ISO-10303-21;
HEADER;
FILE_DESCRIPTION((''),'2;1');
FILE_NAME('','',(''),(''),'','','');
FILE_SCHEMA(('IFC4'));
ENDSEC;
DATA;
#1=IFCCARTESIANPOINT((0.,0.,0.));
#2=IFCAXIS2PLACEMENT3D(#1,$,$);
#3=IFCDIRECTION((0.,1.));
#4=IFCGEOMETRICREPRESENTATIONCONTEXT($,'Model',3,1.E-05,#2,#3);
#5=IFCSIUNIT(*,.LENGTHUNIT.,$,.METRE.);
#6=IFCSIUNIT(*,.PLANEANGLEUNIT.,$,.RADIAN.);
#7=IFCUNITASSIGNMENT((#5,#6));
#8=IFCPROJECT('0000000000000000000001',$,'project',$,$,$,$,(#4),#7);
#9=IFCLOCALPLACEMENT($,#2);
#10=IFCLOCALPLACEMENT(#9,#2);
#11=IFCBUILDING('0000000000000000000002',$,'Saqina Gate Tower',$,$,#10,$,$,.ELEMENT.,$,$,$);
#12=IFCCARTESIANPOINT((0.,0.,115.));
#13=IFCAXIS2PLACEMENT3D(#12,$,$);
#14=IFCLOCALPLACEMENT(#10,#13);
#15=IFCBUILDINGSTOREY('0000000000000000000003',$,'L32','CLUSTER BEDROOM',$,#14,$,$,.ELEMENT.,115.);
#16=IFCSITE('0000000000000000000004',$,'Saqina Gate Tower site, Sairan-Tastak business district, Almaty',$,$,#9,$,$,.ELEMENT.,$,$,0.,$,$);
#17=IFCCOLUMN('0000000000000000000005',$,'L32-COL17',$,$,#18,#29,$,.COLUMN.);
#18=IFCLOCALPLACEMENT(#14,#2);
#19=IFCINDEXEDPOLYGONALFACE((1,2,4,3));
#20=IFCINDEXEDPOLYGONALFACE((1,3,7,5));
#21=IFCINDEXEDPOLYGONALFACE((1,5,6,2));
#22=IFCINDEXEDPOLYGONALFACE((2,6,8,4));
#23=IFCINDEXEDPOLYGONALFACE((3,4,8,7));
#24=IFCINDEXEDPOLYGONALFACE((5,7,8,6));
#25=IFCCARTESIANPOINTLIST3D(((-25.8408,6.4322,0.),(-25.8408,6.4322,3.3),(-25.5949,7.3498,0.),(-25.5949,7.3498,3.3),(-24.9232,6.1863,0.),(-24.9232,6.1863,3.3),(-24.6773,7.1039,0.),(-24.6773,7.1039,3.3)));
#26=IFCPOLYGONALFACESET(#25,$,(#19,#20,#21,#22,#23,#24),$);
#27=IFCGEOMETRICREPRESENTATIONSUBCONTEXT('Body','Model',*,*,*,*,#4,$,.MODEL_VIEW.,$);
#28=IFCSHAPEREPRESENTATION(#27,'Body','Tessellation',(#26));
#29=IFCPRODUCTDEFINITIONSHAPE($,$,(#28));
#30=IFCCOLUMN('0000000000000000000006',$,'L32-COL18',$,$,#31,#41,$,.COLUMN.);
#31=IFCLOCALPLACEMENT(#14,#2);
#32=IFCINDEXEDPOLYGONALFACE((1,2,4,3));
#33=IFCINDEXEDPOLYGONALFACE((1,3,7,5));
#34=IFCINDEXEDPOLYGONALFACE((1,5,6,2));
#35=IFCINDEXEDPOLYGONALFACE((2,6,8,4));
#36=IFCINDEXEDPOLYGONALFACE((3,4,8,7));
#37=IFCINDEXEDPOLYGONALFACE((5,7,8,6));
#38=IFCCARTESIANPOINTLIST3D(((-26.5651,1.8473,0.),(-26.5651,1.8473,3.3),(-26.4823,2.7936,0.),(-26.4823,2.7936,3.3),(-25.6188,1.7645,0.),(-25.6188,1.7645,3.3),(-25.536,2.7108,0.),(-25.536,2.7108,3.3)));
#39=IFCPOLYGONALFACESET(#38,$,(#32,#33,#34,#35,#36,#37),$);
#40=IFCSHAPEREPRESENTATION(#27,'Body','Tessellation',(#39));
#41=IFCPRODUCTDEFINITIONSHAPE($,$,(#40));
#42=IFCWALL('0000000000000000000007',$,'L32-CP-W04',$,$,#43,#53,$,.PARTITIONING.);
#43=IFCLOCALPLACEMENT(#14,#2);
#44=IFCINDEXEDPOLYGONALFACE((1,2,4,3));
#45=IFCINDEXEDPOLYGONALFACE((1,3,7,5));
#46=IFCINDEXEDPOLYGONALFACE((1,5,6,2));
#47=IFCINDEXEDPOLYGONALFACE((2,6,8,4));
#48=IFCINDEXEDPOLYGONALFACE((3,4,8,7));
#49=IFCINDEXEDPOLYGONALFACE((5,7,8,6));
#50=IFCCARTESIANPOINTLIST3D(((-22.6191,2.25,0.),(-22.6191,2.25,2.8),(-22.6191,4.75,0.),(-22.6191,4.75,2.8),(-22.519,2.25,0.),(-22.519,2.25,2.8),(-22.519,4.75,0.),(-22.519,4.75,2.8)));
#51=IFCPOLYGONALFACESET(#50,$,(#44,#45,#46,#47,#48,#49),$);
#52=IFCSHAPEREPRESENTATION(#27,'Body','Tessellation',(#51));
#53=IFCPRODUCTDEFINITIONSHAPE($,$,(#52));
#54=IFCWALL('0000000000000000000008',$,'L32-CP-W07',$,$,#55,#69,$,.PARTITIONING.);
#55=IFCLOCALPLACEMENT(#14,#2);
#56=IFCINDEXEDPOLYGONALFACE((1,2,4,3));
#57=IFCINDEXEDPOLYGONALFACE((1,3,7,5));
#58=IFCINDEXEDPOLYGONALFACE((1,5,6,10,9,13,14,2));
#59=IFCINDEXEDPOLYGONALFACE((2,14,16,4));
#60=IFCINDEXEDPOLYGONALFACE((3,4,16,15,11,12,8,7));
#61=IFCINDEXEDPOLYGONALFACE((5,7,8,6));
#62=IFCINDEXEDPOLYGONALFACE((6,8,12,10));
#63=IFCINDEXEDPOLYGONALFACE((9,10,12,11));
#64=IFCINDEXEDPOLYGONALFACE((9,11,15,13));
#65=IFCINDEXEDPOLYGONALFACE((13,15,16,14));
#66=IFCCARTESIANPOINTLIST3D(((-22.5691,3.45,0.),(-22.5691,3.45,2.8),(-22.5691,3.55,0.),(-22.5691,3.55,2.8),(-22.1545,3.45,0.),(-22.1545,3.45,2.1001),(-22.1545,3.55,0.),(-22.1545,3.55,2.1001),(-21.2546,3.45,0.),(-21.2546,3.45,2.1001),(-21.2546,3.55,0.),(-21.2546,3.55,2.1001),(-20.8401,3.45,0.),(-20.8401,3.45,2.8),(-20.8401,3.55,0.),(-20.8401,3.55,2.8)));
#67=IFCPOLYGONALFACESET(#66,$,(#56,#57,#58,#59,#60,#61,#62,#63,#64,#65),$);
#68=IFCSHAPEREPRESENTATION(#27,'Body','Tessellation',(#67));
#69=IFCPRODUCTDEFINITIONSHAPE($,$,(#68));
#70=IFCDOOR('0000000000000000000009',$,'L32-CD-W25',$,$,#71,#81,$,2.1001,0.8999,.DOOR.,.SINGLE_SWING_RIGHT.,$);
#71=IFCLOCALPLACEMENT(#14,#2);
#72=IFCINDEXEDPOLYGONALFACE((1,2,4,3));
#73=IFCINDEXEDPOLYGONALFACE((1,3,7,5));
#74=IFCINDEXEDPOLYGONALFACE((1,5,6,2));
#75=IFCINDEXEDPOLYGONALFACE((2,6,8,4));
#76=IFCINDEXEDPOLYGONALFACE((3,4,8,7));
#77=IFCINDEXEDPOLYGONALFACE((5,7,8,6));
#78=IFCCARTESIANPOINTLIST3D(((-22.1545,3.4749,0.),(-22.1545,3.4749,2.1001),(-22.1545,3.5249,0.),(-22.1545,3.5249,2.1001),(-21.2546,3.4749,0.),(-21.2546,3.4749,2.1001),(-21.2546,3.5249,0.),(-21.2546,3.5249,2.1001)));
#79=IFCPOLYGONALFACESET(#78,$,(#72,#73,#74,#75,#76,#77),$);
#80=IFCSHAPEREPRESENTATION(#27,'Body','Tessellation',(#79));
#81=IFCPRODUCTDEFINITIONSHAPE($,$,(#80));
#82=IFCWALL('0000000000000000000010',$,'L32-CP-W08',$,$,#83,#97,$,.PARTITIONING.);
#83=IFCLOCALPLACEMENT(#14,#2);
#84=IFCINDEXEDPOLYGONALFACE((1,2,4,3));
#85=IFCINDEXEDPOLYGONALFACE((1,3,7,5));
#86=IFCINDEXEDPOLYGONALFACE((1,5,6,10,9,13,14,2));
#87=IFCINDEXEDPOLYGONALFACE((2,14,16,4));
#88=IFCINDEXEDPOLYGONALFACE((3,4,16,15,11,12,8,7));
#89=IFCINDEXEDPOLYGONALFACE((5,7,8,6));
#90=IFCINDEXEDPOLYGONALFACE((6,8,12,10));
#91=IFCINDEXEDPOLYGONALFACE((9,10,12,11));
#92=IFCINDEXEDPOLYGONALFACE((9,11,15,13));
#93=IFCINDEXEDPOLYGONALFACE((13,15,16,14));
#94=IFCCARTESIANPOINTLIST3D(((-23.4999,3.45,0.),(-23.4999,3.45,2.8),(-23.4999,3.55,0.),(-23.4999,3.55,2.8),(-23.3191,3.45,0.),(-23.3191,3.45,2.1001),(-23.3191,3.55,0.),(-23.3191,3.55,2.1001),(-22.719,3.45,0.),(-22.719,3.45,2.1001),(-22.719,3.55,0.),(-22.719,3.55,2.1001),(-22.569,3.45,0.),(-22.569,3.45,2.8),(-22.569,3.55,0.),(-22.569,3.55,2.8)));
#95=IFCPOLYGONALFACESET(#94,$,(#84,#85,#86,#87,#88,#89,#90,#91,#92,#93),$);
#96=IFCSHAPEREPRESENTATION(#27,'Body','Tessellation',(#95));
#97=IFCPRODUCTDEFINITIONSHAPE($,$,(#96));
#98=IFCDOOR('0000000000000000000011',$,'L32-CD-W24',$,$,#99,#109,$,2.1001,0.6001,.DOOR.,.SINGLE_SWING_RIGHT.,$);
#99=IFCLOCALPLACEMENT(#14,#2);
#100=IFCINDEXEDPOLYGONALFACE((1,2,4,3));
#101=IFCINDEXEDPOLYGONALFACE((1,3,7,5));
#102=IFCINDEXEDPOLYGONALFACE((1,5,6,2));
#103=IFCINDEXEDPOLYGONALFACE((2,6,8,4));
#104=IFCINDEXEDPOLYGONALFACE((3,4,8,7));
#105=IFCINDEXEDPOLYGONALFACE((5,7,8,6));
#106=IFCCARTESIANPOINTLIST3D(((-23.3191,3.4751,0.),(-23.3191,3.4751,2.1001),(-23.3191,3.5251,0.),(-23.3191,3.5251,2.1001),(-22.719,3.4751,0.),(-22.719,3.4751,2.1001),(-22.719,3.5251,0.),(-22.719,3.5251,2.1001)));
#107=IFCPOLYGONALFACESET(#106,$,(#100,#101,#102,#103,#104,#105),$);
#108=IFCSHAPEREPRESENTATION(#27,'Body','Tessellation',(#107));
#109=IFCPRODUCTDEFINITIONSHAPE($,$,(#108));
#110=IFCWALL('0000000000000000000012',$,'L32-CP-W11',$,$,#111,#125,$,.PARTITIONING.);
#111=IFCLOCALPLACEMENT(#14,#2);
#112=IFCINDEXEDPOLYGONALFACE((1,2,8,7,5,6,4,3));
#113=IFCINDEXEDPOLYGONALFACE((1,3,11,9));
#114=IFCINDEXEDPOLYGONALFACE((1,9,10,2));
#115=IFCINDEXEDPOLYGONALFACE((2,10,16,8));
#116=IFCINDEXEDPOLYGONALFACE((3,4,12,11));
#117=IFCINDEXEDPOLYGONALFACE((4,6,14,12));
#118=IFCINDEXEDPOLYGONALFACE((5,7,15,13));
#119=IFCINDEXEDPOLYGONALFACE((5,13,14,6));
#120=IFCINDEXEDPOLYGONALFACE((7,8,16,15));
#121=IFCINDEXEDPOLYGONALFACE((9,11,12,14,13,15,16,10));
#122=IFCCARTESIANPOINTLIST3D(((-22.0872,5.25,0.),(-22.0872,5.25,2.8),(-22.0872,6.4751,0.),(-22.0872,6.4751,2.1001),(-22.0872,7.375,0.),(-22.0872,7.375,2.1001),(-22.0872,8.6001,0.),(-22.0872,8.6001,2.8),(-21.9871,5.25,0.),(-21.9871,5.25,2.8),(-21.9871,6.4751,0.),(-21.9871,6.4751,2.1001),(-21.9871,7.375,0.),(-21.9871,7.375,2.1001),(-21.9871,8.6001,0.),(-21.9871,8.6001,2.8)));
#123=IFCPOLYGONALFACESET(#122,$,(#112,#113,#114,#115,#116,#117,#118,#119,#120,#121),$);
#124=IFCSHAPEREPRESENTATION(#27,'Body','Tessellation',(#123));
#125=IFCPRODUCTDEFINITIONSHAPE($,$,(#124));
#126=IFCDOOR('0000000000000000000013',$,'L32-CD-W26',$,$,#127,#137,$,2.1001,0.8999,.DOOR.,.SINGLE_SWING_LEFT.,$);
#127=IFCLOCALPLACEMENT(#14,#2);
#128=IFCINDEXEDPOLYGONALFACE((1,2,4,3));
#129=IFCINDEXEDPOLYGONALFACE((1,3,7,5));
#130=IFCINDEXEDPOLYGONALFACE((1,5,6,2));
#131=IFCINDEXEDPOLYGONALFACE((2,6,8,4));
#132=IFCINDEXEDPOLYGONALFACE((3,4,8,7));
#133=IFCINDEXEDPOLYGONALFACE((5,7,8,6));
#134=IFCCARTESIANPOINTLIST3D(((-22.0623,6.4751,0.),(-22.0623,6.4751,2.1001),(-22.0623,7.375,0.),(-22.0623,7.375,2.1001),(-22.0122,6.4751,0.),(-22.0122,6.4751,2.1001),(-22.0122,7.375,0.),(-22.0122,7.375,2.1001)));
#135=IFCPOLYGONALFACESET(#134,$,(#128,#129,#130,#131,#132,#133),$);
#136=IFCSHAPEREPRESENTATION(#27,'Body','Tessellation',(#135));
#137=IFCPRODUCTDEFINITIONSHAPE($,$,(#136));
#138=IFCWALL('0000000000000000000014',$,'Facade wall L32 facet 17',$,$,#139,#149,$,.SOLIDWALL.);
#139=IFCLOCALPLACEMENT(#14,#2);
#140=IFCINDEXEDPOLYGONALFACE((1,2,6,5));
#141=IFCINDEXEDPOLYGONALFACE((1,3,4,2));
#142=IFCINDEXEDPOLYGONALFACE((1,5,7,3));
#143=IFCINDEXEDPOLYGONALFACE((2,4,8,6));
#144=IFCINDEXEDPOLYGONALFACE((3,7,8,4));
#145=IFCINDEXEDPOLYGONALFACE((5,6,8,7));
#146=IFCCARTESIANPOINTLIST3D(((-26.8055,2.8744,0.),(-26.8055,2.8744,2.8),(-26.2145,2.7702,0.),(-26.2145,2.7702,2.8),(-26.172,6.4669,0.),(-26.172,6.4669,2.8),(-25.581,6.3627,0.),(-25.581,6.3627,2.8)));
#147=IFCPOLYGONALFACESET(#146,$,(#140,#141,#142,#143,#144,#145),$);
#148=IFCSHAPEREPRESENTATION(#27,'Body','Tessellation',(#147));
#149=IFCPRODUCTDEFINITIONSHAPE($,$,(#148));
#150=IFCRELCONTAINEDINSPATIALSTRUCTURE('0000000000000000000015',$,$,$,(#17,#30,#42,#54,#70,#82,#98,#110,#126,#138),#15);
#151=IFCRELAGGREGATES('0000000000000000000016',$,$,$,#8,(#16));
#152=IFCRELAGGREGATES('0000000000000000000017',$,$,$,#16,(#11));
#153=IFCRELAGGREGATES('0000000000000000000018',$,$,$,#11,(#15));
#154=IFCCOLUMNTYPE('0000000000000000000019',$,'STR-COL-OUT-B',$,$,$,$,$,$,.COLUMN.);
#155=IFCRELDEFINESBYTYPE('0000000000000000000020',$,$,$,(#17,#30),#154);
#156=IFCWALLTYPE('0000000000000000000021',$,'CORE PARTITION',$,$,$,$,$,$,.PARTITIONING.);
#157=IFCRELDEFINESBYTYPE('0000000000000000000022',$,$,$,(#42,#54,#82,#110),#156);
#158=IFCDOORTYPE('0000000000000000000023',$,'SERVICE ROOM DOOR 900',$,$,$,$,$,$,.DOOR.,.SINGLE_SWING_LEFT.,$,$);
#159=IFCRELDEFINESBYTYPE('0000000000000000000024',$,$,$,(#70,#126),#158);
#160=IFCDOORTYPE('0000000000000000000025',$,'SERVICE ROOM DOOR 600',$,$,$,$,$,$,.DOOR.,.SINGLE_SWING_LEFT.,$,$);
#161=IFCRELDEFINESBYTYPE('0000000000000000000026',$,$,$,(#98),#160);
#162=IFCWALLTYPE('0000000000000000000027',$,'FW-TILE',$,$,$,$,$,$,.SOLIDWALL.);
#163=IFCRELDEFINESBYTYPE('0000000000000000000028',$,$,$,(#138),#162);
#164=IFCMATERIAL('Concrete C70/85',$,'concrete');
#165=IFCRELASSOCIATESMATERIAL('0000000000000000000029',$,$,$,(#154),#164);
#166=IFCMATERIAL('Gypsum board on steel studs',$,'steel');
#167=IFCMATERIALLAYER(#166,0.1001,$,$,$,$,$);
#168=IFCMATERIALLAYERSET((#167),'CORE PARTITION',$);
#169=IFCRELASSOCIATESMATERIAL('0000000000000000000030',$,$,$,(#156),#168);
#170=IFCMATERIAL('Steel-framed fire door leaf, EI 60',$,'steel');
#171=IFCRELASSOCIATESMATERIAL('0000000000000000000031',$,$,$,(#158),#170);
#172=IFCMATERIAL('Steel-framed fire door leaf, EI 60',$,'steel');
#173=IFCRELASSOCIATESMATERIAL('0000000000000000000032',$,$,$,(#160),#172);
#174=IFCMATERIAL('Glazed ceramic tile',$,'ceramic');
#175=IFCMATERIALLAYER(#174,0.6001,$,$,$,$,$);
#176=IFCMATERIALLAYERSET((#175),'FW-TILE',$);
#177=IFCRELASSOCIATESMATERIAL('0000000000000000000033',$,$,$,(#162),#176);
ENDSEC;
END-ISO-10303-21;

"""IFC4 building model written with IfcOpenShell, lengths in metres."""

from ifc_helpers import new_model, si_unit, direction, frame, frame_2d, origin, origin_2d, place, context, subcontext, project, spatial, rectangle, extrude, material, layer, layer_set, material_profile, profile_set, type_object, element, fill, save


model = new_model("IFC4")

# Units and contexts
model_context = context("Model", 3, precision=1e-05, world=origin(), true_north=direction((0.0, 1.0)))
body_context = subcontext(model_context, "Body", "Model", "MODEL_VIEW")
ifc_project = project(units=[si_unit("LENGTHUNIT", "METRE"), si_unit("PLANEANGLEUNIT", "RADIAN")], contexts=[model_context])

# Site, building, storey
site_placement = place(None, origin())
site = spatial("IfcSite", under=ifc_project, at=site_placement, Name="Saqina Gate Tower site, Sairan-Tastak business district, Almaty", CompositionType="ELEMENT", RefElevation=0.0)
building_placement = place(site_placement, origin())
building = spatial("IfcBuilding", under=site, at=building_placement, Name="Saqina Gate Tower", CompositionType="ELEMENT")
storey_placement = place(building_placement, frame((0.0, 0.0, 115.0)))
storey = spatial("IfcBuildingStorey", under=building, at=storey_placement, Name="L32", Description="CLUSTER BEDROOM", CompositionType="ELEMENT", Elevation=115.0)

# Columns
ifc_material_1 = material(Name="Concrete C70/85", Category="concrete")
ifc_material_profile = material_profile(ifc_material_1, rectangle(XDim=0.95, YDim=0.95, at=origin_2d()), Name="RC 950x950")
ifc_profile_set = profile_set([ifc_material_profile], Name="Concrete C70/85")
column_type = type_object("IfcColumnType", Name="STR-COL-OUT-B", PredefinedType="COLUMN", material=ifc_profile_set)
for number, where, z_axis, x_axis, name in (
    (1, (-25.259, 6.7681, 0.0), (0.0, 0.0, 1.0), (-0.965926, 0.258819, 0.0), "L32-COL17"),
    (2, (-26.0505, 2.2791, 0.0), (0.0, 0.0, 1.0), (-0.996195, 0.087156, 0.0), "L32-COL18"),
):
    element("IfcColumn", number, at=place(storey_placement, frame(where, z_axis=z_axis, x_axis=x_axis)), inside=storey, type_object=column_type, Name=name, PredefinedType="COLUMN", context=body_context, shape_type="SweptSolid", body=[
        extrude(rectangle(XDim=0.95, YDim=0.95, at=origin_2d()), origin(), (0.0, 0.0, 1.0), 3.3),
    ])

# Wall
ifc_material_2 = material(Name="Gypsum board on steel studs", Category="steel")
ifc_layer_1 = layer(ifc_material_2, 0.1001)
ifc_layer_set_1 = layer_set([ifc_layer_1], Name="CORE PARTITION")
wall_type_1 = type_object("IfcWallType", Name="CORE PARTITION", PredefinedType="PARTITIONING", material=ifc_layer_set_1)
wall_1_placement = place(storey_placement, frame((-22.5691, 2.25, 0.0), z_axis=(0.0, 0.0, 1.0), x_axis=(0.0, 1.0, 0.0)))
element("IfcWall", 3, at=wall_1_placement, inside=storey, type_object=wall_type_1, Name="L32-CP-W04", PredefinedType="PARTITIONING", context=body_context, shape_type="SweptSolid", body=[
    extrude(rectangle(XDim=2.5, YDim=0.1001, at=frame_2d((1.25, 0.0))), origin(), (0.0, 0.0, 1.0), 2.8),
])

# Walls, openings, doors
wall_2_placement = place(storey_placement, frame((-20.8401, 3.5, 0.0), z_axis=(0.0, 0.0, 1.0), x_axis=(-1.0, 0.0, 0.0)))
wall_2 = element("IfcWall", 4, at=wall_2_placement, inside=storey, type_object=wall_type_1, Name="L32-CP-W07", PredefinedType="PARTITIONING", context=body_context, shape_type="SweptSolid", body=[
    extrude(rectangle(XDim=1.729, YDim=0.1001, at=frame_2d((0.8645, 0.0))), origin(), (0.0, 0.0, 1.0), 2.8),
])
opening_1_placement = place(wall_2_placement, frame((0.4146, 0.0, 0.0)))
opening_1 = element("IfcOpeningElement", 5, at=opening_1_placement, cuts=wall_2, PredefinedType="OPENING", context=body_context, shape_type="SweptSolid", body=[
    extrude(rectangle(XDim=0.8999, YDim=2.1001, at=frame_2d((0.45, 1.05))), frame((0.0, 0.062, 0.0), z_axis=(0.0, -1.0, 0.0), x_axis=(1.0, 0.0, 0.0)), (0.0, 0.0, 1.0), 0.124),
])
ifc_material_3 = material(Name="Steel-framed fire door leaf, EI 60", Category="steel")
door_type_1 = type_object("IfcDoorType", Name="SERVICE ROOM DOOR 900", OperationType="SINGLE_SWING_LEFT", PredefinedType="DOOR", material=ifc_material_3)
door_1_placement = place(opening_1_placement, frame((0.8999, 0.0, 0.0), z_axis=(0.0, 0.0, 1.0), x_axis=(-1.0, 0.0, 0.0)))
door_1 = element("IfcDoor", 6, at=door_1_placement, inside=storey, type_object=door_type_1, Name="L32-CD-W25", OperationType="SINGLE_SWING_RIGHT", OverallHeight=2.1001, OverallWidth=0.8999, PredefinedType="DOOR", context=body_context, shape_type="SweptSolid", body=[
    extrude(rectangle(XDim=0.8999, YDim=2.1001, at=frame_2d((0.45, 1.05))), frame((0.0, 0.0249, 0.0), z_axis=(0.0, -1.0, 0.0), x_axis=(1.0, 0.0, 0.0)), (0.0, 0.0, 1.0), 0.05),
])
fill(opening_1, door_1)
wall_3_placement = place(storey_placement, frame((-22.5691, 3.5, 0.0), z_axis=(0.0, 0.0, 1.0), x_axis=(-1.0, 0.0, 0.0)))
wall_3 = element("IfcWall", 7, at=wall_3_placement, inside=storey, type_object=wall_type_1, Name="L32-CP-W08", PredefinedType="PARTITIONING", context=body_context, shape_type="SweptSolid", body=[
    extrude(rectangle(XDim=0.9309, YDim=0.1001, at=frame_2d((0.4653, 0.0))), origin(), (0.0, 0.0, 1.0), 2.8),
])
opening_2_placement = place(wall_3_placement, frame((0.1499, 0.0, 0.0)))
opening_2 = element("IfcOpeningElement", 8, at=opening_2_placement, cuts=wall_3, PredefinedType="OPENING", context=body_context, shape_type="SweptSolid", body=[
    extrude(rectangle(XDim=0.6001, YDim=2.1001, at=frame_2d((0.3, 1.05))), frame((0.0, 0.062, 0.0), z_axis=(0.0, -1.0, 0.0), x_axis=(1.0, 0.0, 0.0)), (0.0, 0.0, 1.0), 0.124),
])
ifc_material_4 = material(Name="Steel-framed fire door leaf, EI 60", Category="steel")
door_type_2 = type_object("IfcDoorType", Name="SERVICE ROOM DOOR 600", OperationType="SINGLE_SWING_LEFT", PredefinedType="DOOR", material=ifc_material_4)
door_2_placement = place(opening_2_placement, origin())
door_2 = element("IfcDoor", 9, at=door_2_placement, inside=storey, type_object=door_type_2, Name="L32-CD-W24", OperationType="SINGLE_SWING_RIGHT", OverallHeight=2.1001, OverallWidth=0.6001, PredefinedType="DOOR", context=body_context, shape_type="SweptSolid", body=[
    extrude(rectangle(XDim=0.6001, YDim=2.1001, at=frame_2d((0.3, 1.05))), frame((0.0, 0.0249, 0.0), z_axis=(0.0, -1.0, 0.0), x_axis=(1.0, 0.0, 0.0)), (0.0, 0.0, 1.0), 0.05),
])
fill(opening_2, door_2)
wall_4_placement = place(storey_placement, frame((-22.0371, 5.25, 0.0), z_axis=(0.0, 0.0, 1.0), x_axis=(0.0, 1.0, 0.0)))
wall_4 = element("IfcWall", 10, at=wall_4_placement, inside=storey, type_object=wall_type_1, Name="L32-CP-W11", PredefinedType="PARTITIONING", context=body_context, shape_type="SweptSolid", body=[
    extrude(rectangle(XDim=3.3501, YDim=0.1001, at=frame_2d((1.675, 0.0))), origin(), (0.0, 0.0, 1.0), 2.8),
])
opening_3_placement = place(wall_4_placement, frame((1.2251, 0.0, 0.0)))
opening_3 = element("IfcOpeningElement", 11, at=opening_3_placement, cuts=wall_4, PredefinedType="OPENING", context=body_context, shape_type="SweptSolid", body=[
    extrude(rectangle(XDim=0.8999, YDim=2.1001, at=frame_2d((0.45, 1.05))), frame((0.0, 0.062, 0.0), z_axis=(0.0, -1.0, 0.0), x_axis=(1.0, 0.0, 0.0)), (0.0, 0.0, 1.0), 0.124),
])
door_3_placement = place(opening_3_placement, frame((0.8999, 0.0, 0.0), z_axis=(0.0, 0.0, 1.0), x_axis=(-1.0, 0.0, 0.0)))
door_3 = element("IfcDoor", 12, at=door_3_placement, inside=storey, type_object=door_type_1, Name="L32-CD-W26", OperationType="SINGLE_SWING_LEFT", OverallHeight=2.1001, OverallWidth=0.8999, PredefinedType="DOOR", context=body_context, shape_type="SweptSolid", body=[
    extrude(rectangle(XDim=0.8999, YDim=2.1001, at=frame_2d((0.45, 1.05))), frame((0.0, 0.0249, 0.0), z_axis=(0.0, -1.0, 0.0), x_axis=(1.0, 0.0, 0.0)), (0.0, 0.0, 1.0), 0.05),
])
fill(opening_3, door_3)

# Wall
ifc_material_5 = material(Name="Glazed ceramic tile", Category="ceramic")
ifc_layer_2 = layer(ifc_material_5, 0.6001)
ifc_layer_set_2 = layer_set([ifc_layer_2], Name="FW-TILE")
wall_type_2 = type_object("IfcWallType", Name="FW-TILE", PredefinedType="SOLIDWALL", material=ifc_layer_set_2)
wall_5_placement = place(storey_placement, frame((-25.8765, 6.4148, 0.0), z_axis=(0.0, 0.0, 1.0), x_axis=(-0.173671, -0.984804, 0.0)))
element("IfcWall", 13, at=wall_5_placement, inside=storey, type_object=wall_type_2, Name="Facade wall L32 facet 17", PredefinedType="SOLIDWALL", context=body_context, shape_type="SweptSolid", body=[
    extrude(rectangle(XDim=3.6479, YDim=0.6001, at=frame_2d((1.824, 0.0))), origin(), (0.0, 0.0, 1.0), 2.8),
])

save(model, "model.ifc")
